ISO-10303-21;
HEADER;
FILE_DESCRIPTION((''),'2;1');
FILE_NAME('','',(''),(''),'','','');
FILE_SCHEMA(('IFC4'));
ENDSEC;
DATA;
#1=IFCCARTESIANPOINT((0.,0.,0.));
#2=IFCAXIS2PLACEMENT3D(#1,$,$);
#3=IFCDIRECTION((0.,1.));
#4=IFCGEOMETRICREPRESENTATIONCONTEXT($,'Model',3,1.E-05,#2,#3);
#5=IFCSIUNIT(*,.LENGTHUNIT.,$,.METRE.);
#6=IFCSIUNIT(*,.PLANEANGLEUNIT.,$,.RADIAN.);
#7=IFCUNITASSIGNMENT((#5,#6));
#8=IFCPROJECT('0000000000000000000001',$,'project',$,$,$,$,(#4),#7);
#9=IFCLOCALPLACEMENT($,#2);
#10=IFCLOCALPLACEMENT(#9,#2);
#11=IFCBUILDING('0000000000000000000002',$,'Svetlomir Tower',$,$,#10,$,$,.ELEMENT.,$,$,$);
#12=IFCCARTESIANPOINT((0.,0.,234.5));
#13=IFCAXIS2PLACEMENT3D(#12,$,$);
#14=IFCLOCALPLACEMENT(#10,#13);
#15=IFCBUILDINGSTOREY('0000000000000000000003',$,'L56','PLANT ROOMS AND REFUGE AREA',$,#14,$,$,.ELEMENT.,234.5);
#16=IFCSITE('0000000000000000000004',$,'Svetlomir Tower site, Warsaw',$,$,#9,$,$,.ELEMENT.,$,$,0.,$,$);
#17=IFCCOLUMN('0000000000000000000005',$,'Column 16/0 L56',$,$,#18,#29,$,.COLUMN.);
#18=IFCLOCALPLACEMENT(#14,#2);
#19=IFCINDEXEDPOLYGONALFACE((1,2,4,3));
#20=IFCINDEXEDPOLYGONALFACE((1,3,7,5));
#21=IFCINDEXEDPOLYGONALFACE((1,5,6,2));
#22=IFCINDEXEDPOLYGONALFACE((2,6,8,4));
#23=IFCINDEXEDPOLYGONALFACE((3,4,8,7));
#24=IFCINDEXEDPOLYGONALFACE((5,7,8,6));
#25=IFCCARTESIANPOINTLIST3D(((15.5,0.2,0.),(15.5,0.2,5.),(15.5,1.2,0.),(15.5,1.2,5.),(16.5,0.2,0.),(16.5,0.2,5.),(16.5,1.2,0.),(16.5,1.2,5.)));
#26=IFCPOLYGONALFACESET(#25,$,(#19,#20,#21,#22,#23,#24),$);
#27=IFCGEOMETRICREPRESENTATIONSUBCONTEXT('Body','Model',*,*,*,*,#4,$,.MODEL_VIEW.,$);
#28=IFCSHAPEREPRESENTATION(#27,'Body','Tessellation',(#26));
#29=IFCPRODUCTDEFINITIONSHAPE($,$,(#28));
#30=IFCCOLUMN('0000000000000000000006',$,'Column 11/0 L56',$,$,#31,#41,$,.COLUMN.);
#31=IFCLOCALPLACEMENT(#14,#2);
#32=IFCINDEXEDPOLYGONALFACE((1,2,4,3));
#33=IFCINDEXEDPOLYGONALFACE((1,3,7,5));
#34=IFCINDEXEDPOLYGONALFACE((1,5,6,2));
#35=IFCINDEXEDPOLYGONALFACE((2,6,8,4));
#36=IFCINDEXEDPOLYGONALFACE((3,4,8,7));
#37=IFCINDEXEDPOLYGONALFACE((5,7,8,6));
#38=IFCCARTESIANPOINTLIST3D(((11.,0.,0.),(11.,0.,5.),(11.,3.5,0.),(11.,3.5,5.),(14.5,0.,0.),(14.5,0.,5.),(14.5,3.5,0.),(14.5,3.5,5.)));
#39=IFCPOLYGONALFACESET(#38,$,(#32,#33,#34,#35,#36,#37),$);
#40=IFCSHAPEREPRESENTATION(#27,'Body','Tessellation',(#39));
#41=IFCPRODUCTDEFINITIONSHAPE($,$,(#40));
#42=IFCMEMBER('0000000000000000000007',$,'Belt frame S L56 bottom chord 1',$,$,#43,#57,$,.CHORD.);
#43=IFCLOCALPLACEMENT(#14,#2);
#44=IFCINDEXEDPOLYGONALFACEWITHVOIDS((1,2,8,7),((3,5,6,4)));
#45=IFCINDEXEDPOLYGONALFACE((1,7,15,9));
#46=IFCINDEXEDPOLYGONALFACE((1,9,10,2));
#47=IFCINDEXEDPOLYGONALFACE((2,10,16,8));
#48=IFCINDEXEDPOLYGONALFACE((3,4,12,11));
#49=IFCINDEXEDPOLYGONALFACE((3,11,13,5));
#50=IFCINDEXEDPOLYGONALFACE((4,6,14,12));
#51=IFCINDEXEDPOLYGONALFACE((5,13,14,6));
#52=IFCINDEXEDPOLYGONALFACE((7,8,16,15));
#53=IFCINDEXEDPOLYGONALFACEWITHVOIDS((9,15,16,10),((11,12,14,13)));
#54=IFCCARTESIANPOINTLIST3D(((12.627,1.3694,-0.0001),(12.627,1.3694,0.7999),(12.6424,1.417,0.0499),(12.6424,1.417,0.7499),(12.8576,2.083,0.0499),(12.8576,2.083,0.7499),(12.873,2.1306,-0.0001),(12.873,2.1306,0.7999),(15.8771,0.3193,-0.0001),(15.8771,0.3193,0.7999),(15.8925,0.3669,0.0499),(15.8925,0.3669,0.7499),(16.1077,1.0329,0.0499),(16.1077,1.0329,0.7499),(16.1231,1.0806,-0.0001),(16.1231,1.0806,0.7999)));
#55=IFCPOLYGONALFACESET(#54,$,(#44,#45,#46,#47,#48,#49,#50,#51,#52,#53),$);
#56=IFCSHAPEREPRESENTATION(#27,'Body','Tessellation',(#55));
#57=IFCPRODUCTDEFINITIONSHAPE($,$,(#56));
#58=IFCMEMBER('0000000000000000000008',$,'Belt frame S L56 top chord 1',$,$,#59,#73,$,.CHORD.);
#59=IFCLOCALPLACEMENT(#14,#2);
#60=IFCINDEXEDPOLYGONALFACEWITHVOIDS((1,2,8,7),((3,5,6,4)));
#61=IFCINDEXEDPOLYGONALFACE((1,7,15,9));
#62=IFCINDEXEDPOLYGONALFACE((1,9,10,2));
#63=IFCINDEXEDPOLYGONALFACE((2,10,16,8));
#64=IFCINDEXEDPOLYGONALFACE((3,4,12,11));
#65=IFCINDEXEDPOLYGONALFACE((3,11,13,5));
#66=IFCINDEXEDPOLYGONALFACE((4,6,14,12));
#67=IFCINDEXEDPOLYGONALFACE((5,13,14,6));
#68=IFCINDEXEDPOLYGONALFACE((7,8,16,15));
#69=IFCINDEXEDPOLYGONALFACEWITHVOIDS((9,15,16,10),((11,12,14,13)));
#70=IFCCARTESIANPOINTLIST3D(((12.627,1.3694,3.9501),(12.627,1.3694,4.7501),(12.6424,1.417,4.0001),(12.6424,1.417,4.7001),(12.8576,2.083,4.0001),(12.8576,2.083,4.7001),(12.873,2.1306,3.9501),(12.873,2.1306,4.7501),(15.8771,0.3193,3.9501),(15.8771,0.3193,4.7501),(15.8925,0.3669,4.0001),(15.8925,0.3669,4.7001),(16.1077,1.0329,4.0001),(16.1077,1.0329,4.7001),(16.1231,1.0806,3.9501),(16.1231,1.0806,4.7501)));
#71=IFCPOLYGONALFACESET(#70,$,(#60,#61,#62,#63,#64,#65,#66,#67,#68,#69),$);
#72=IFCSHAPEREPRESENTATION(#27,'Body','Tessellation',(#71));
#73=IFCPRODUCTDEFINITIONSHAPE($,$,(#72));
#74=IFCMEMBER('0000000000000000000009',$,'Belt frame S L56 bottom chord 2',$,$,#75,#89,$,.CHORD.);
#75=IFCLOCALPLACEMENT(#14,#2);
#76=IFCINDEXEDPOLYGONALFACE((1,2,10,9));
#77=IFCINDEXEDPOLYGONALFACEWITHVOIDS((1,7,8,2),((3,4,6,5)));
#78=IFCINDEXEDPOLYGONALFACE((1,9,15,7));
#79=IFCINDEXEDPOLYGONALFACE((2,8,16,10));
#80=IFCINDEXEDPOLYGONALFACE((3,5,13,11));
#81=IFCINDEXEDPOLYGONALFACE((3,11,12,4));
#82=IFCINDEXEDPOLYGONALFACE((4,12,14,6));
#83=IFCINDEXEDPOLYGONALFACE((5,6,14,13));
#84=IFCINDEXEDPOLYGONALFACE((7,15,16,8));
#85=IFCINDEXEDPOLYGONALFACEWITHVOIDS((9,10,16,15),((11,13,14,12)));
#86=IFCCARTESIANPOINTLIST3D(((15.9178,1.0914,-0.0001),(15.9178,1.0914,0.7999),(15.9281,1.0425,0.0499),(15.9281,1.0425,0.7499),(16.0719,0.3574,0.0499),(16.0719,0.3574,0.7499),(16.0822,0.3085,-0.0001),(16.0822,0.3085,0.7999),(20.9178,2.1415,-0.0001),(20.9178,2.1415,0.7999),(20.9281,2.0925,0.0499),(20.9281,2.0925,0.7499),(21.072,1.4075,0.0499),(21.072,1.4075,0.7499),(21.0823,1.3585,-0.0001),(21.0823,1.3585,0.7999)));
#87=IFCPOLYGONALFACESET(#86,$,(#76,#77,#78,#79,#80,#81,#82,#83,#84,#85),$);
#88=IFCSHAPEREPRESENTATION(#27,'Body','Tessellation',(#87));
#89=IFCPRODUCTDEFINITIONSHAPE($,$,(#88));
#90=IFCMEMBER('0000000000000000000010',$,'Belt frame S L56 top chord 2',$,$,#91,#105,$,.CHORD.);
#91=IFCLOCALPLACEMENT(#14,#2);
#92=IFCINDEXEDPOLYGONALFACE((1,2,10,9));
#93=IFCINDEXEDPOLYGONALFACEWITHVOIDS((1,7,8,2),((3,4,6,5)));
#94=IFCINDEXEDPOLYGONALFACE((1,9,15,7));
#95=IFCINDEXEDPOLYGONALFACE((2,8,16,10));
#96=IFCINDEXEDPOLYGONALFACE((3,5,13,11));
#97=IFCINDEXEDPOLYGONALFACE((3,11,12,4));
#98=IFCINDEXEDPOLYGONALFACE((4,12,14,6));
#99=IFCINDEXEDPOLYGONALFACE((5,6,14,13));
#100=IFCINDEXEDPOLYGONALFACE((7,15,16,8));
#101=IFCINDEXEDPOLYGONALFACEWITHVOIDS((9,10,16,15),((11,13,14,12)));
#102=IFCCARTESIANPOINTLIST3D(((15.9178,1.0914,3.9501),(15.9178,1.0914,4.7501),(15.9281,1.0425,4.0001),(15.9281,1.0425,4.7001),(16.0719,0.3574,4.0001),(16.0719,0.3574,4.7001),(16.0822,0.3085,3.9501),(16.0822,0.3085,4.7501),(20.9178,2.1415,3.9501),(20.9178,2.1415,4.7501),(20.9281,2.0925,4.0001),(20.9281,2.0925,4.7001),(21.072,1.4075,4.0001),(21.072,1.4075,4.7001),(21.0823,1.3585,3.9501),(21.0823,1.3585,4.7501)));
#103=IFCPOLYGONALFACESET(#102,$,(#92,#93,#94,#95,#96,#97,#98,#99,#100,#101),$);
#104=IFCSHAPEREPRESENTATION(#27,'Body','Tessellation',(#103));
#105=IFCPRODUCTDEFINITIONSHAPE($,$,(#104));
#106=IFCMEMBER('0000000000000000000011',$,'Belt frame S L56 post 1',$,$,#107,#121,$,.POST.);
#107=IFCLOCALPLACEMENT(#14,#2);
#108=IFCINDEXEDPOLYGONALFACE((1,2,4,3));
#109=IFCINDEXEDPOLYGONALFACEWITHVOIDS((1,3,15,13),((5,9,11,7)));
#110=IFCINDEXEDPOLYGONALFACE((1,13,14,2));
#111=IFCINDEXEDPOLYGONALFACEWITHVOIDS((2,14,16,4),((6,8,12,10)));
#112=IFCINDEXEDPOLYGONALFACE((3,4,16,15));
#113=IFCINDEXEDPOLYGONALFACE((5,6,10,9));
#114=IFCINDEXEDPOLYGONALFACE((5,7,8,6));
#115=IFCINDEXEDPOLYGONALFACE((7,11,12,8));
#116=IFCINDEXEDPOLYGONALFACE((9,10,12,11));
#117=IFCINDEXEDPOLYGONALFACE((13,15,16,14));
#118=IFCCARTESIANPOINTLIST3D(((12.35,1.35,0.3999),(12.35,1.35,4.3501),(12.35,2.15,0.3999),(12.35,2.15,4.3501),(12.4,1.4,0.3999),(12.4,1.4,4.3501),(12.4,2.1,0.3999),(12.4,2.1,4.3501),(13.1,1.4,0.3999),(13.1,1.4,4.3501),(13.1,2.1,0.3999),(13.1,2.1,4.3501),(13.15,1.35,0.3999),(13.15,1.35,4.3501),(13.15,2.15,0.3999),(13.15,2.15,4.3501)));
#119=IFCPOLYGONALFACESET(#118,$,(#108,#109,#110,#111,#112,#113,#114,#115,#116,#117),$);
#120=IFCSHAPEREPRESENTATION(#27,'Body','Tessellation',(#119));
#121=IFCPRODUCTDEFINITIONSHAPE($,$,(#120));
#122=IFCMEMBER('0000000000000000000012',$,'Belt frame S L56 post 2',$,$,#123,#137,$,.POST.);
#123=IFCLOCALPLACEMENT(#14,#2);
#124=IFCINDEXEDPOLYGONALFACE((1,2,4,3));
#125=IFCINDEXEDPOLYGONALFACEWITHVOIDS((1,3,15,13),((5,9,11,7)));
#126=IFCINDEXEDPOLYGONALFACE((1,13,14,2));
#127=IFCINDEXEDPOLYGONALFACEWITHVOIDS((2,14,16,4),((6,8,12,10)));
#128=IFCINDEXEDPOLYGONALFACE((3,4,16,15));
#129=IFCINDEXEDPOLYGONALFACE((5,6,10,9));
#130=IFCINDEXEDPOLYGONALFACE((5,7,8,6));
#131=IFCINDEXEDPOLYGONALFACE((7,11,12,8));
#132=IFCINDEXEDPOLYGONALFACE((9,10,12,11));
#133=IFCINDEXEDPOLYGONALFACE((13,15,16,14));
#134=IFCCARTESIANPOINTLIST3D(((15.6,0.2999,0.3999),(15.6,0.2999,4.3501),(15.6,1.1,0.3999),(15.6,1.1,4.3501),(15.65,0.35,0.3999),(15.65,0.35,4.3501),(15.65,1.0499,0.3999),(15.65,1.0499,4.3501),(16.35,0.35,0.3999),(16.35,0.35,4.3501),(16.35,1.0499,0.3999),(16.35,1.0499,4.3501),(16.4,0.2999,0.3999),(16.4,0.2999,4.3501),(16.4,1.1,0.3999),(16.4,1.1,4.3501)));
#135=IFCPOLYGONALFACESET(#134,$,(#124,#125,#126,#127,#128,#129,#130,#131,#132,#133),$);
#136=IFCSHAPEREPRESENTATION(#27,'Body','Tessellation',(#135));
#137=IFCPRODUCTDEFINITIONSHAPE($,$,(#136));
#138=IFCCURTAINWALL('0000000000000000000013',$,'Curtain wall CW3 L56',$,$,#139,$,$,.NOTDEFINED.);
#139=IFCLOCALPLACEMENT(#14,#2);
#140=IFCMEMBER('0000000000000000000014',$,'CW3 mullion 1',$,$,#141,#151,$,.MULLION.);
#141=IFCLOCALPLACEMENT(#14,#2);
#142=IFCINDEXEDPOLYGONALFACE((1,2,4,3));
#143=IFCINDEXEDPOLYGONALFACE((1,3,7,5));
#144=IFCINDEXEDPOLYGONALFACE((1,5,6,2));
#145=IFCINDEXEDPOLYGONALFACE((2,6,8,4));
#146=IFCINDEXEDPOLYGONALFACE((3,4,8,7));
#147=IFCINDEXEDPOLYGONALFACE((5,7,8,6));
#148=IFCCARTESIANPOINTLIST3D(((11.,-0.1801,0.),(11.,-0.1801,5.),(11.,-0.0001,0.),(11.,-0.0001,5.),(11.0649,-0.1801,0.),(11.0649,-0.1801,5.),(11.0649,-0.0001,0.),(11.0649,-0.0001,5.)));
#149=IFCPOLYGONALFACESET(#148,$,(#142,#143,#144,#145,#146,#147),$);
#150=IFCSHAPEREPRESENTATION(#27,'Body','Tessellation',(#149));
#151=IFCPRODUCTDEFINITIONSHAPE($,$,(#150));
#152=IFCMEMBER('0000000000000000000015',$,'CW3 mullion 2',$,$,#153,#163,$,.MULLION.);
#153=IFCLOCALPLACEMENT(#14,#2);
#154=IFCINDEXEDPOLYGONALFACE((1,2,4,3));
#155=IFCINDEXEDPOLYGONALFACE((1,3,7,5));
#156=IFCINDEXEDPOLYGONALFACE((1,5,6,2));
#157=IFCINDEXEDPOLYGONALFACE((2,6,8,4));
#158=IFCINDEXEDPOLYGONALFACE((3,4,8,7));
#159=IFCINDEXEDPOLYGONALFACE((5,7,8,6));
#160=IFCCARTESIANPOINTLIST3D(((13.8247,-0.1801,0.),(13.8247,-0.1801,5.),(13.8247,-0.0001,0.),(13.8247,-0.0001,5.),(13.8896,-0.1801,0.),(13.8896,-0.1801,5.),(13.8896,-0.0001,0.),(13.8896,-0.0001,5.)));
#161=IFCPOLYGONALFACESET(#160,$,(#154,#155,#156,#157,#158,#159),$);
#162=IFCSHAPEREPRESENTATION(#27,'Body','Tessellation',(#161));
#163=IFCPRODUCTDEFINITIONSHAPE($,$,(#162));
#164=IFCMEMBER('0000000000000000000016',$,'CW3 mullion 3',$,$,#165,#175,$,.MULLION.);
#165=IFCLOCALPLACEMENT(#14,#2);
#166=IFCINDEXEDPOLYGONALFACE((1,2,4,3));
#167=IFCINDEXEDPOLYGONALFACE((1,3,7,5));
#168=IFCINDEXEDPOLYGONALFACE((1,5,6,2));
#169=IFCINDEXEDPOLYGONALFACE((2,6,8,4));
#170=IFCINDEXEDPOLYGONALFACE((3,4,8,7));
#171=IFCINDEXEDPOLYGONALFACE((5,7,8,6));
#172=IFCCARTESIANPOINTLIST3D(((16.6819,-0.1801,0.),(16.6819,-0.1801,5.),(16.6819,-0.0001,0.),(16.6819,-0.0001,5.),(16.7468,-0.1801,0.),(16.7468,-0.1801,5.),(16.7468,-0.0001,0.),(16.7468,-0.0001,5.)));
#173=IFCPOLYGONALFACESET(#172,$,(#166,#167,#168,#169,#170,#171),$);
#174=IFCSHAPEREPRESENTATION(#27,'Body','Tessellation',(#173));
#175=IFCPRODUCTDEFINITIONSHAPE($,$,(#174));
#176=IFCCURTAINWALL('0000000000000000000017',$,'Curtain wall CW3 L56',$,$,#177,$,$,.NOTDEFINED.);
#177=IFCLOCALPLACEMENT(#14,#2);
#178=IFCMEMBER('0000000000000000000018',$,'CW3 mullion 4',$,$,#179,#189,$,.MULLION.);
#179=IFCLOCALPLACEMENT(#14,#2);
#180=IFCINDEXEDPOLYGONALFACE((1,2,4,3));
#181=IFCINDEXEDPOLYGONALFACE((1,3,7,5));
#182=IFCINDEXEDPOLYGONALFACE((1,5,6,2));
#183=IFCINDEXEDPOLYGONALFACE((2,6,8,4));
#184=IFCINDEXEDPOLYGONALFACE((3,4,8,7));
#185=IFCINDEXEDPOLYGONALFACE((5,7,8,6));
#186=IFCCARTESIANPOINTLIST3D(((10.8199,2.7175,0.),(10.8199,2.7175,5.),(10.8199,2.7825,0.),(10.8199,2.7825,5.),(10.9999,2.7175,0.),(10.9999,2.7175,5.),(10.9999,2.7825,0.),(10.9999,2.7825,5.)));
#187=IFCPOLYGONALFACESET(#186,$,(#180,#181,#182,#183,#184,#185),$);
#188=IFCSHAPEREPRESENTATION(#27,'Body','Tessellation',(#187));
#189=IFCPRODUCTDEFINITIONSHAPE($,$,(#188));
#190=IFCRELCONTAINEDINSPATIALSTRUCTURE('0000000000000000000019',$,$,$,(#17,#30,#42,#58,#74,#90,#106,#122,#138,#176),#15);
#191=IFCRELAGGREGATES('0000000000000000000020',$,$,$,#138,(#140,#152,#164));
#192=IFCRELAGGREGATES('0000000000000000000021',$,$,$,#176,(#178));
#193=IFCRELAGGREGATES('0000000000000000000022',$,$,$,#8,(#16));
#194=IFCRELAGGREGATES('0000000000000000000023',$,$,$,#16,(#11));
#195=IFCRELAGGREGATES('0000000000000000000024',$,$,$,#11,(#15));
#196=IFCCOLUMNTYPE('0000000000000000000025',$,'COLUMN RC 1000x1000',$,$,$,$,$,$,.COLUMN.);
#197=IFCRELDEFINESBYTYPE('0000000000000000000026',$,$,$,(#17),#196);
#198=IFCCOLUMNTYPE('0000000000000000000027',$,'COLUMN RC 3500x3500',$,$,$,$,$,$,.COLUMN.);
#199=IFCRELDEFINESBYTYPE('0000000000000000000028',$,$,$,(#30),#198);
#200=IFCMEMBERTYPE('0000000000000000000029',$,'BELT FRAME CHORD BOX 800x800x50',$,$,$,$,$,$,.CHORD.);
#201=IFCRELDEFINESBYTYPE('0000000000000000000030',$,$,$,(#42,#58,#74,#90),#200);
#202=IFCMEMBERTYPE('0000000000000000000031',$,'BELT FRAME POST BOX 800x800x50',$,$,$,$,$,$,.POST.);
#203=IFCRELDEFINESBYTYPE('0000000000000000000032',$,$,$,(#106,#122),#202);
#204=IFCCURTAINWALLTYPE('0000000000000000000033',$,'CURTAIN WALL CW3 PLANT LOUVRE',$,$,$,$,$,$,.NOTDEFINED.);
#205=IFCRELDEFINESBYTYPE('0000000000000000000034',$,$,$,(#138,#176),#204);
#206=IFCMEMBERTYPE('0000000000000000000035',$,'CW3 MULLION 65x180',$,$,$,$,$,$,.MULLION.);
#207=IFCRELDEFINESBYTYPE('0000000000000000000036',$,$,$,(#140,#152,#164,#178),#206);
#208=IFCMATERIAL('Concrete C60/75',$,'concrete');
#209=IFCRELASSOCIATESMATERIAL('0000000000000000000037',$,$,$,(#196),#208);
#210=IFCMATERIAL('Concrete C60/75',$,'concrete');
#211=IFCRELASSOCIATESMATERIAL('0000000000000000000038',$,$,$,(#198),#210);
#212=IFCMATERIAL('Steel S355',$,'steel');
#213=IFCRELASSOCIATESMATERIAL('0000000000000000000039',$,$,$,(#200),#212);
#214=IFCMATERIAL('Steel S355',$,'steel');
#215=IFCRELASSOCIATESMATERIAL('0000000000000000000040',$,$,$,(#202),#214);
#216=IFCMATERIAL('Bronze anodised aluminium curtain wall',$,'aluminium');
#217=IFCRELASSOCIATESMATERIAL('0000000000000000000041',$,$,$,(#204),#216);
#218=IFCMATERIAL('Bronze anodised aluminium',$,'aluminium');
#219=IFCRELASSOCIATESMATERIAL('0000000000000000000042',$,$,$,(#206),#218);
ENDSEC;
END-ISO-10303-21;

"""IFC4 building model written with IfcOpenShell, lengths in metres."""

from ifc_helpers import new_model, si_unit, direction, frame, origin, origin_2d, place, context, subcontext, project, spatial, rectangle, hollow_rectangle, extrude, material, material_profile, profile_set, type_object, element, aggregate, save


model = new_model("IFC4")

# Units and contexts
model_context = context("Model", 3, precision=1e-05, world=origin(), true_north=direction((0.0, 1.0)))
body_context = subcontext(model_context, "Body", "Model", "MODEL_VIEW")
ifc_project = project(units=[si_unit("LENGTHUNIT", "METRE"), si_unit("PLANEANGLEUNIT", "RADIAN")], contexts=[model_context])

# Site, building, storey
site_placement = place(None, origin())
site = spatial("IfcSite", under=ifc_project, at=site_placement, Name="Svetlomir Tower site, Warsaw", CompositionType="ELEMENT", RefElevation=0.0)
building_placement = place(site_placement, origin())
building = spatial("IfcBuilding", under=site, at=building_placement, Name="Svetlomir Tower", CompositionType="ELEMENT")
storey_placement = place(building_placement, frame((0.0, 0.0, 234.5)))
storey = spatial("IfcBuildingStorey", under=building, at=storey_placement, Name="L56", Description="PLANT ROOMS AND REFUGE AREA", CompositionType="ELEMENT", Elevation=234.5)

# Columns
ifc_material_1 = material(Name="Concrete C60/75", Category="concrete")
ifc_material_profile_1 = material_profile(ifc_material_1, rectangle(XDim=1.0, YDim=1.0, at=origin_2d()), Name="RC 1000x1000")
ifc_profile_set_1 = profile_set([ifc_material_profile_1], Name="Concrete C60/75")
column_type_1 = type_object("IfcColumnType", Name="COLUMN RC 1000x1000", PredefinedType="COLUMN", material=ifc_profile_set_1)
column_1_placement = place(storey_placement, frame((16.0, 0.7, 0.0), z_axis=(0.0, 0.0, 1.0), x_axis=(1.0, 0.0, 0.0)))
element("IfcColumn", 1, at=column_1_placement, inside=storey, type_object=column_type_1, Name="Column 16/0 L56", PredefinedType="COLUMN", context=body_context, shape_type="SweptSolid", body=[
    extrude(rectangle(XDim=1.0, YDim=1.0, at=origin_2d()), origin(), (0.0, 0.0, 1.0), 5.0),
])
ifc_material_2 = material(Name="Concrete C60/75", Category="concrete")
ifc_material_profile_2 = material_profile(ifc_material_2, rectangle(XDim=3.5, YDim=3.5, at=origin_2d()), Name="RC 3500x3500")
ifc_profile_set_2 = profile_set([ifc_material_profile_2], Name="Concrete C60/75")
column_type_2 = type_object("IfcColumnType", Name="COLUMN RC 3500x3500", PredefinedType="COLUMN", material=ifc_profile_set_2)
column_2_placement = place(storey_placement, frame((12.75, 1.75, 0.0), z_axis=(0.0, 0.0, 1.0), x_axis=(1.0, 0.0, 0.0)))
element("IfcColumn", 2, at=column_2_placement, inside=storey, type_object=column_type_2, Name="Column 11/0 L56", PredefinedType="COLUMN", context=body_context, shape_type="SweptSolid", body=[
    extrude(rectangle(XDim=3.5, YDim=3.5, at=origin_2d()), origin(), (0.0, 0.0, 1.0), 5.0),
])

# Members
ifc_material_3 = material(Name="Steel S355", Category="steel")
ifc_material_profile_3 = material_profile(ifc_material_3, hollow_rectangle(XDim=0.8, YDim=0.8, WallThickness=0.05, at=origin_2d()), Name="BOX 800x800x50")
ifc_profile_set_3 = profile_set([ifc_material_profile_3], Name="Steel S355")
member_type_1 = type_object("IfcMemberType", Name="BELT FRAME CHORD BOX 800x800x50", PredefinedType="CHORD", material=ifc_profile_set_3)
for number, where, z_axis, x_axis, name in (
    (3, (12.75, 1.75, 0.3999), (0.951566, -0.307443, 0.0), (0.307443, 0.951566, 0.0), "Belt frame S L56 bottom chord 1"),
    (4, (12.75, 1.75, 4.3501), (0.951566, -0.307443, 0.0), (0.307443, 0.951566, 0.0), "Belt frame S L56 top chord 1"),
):
    element("IfcMember", number, at=place(storey_placement, frame(where, z_axis=z_axis, x_axis=x_axis)), inside=storey, type_object=member_type_1, Name=name, PredefinedType="CHORD", context=body_context, shape_type="SweptSolid", body=[
        extrude(hollow_rectangle(XDim=0.8, YDim=0.8, WallThickness=0.05, at=origin_2d()), origin(), (0.0, 0.0, 1.0), 3.4155),
    ])
for number, where, z_axis, x_axis, name in (
    (5, (16.0, 0.7, 0.3999), (0.978652, 0.205526, 0.0), (-0.205526, 0.978652, 0.0), "Belt frame S L56 bottom chord 2"),
    (6, (16.0, 0.7, 4.3501), (0.978652, 0.205526, 0.0), (-0.205526, 0.978652, 0.0), "Belt frame S L56 top chord 2"),
):
    element("IfcMember", number, at=place(storey_placement, frame(where, z_axis=z_axis, x_axis=x_axis)), inside=storey, type_object=member_type_1, Name=name, PredefinedType="CHORD", context=body_context, shape_type="SweptSolid", body=[
        extrude(hollow_rectangle(XDim=0.8, YDim=0.8, WallThickness=0.05, at=origin_2d()), origin(), (0.0, 0.0, 1.0), 5.1091),
    ])
ifc_material_4 = material(Name="Steel S355", Category="steel")
ifc_material_profile_4 = material_profile(ifc_material_4, hollow_rectangle(XDim=0.8, YDim=0.8, WallThickness=0.05, at=origin_2d()), Name="BOX 800x800x50")
ifc_profile_set_4 = profile_set([ifc_material_profile_4], Name="Steel S355")
member_type_2 = type_object("IfcMemberType", Name="BELT FRAME POST BOX 800x800x50", PredefinedType="POST", material=ifc_profile_set_4)
for number, where, z_axis, x_axis, name in (
    (7, (12.75, 1.75, 0.3999), (0.0, 0.0, 1.0), (1.0, 0.0, 0.0), "Belt frame S L56 post 1"),
    (8, (16.0, 0.7, 0.3999), (0.0, 0.0, 1.0), (1.0, 0.0, 0.0), "Belt frame S L56 post 2"),
):
    element("IfcMember", number, at=place(storey_placement, frame(where, z_axis=z_axis, x_axis=x_axis)), inside=storey, type_object=member_type_2, Name=name, PredefinedType="POST", context=body_context, shape_type="SweptSolid", body=[
        extrude(hollow_rectangle(XDim=0.8, YDim=0.8, WallThickness=0.05, at=origin_2d()), origin(), (0.0, 0.0, 1.0), 3.9502),
    ])

# Curtain walls, members
ifc_material_5 = material(Name="Bronze anodised aluminium curtain wall", Category="aluminium")
curtain_wall_type = type_object("IfcCurtainWallType", Name="CURTAIN WALL CW3 PLANT LOUVRE", PredefinedType="NOTDEFINED", material=ifc_material_5)
curtain_wall_1_placement = place(storey_placement, origin())
curtain_wall_1 = element("IfcCurtainWall", 9, at=curtain_wall_1_placement, inside=storey, type_object=curtain_wall_type, Name="Curtain wall CW3 L56", PredefinedType="NOTDEFINED")
ifc_material_6 = material(Name="Bronze anodised aluminium", Category="aluminium")
ifc_material_profile_5 = material_profile(ifc_material_6, rectangle(XDim=0.0649, YDim=0.1799, at=origin_2d()), Name="AL 65x180")
ifc_profile_set_5 = profile_set([ifc_material_profile_5], Name="Bronze anodised aluminium 6063-T6")
member_type_3 = type_object("IfcMemberType", Name="CW3 MULLION 65x180", PredefinedType="MULLION", material=ifc_profile_set_5)
member_1_placement = place(storey_placement, frame((11.0325, -0.0901, 0.0), z_axis=(0.0, 0.0, 1.0), x_axis=(1.0, 0.0, 0.0)))
member_1 = element("IfcMember", 10, at=member_1_placement, type_object=member_type_3, Name="CW3 mullion 1", PredefinedType="MULLION", context=body_context, shape_type="SweptSolid", body=[
    extrude(rectangle(XDim=0.0649, YDim=0.1799, at=origin_2d()), origin(), (0.0, 0.0, 1.0), 5.0),
])
member_2_placement = place(storey_placement, frame((13.8572, -0.0901, 0.0), z_axis=(0.0, 0.0, 1.0), x_axis=(1.0, 0.0, 0.0)))
member_2 = element("IfcMember", 11, at=member_2_placement, type_object=member_type_3, Name="CW3 mullion 2", PredefinedType="MULLION", context=body_context, shape_type="SweptSolid", body=[
    extrude(rectangle(XDim=0.0649, YDim=0.1799, at=origin_2d()), origin(), (0.0, 0.0, 1.0), 5.0),
])
member_3_placement = place(storey_placement, frame((16.7144, -0.0901, 0.0), z_axis=(0.0, 0.0, 1.0), x_axis=(1.0, 0.0, 0.0)))
member_3 = element("IfcMember", 12, at=member_3_placement, type_object=member_type_3, Name="CW3 mullion 3", PredefinedType="MULLION", context=body_context, shape_type="SweptSolid", body=[
    extrude(rectangle(XDim=0.0649, YDim=0.1799, at=origin_2d()), origin(), (0.0, 0.0, 1.0), 5.0),
])
curtain_wall_2_placement = place(storey_placement, origin())
curtain_wall_2 = element("IfcCurtainWall", 13, at=curtain_wall_2_placement, inside=storey, type_object=curtain_wall_type, Name="Curtain wall CW3 L56", PredefinedType="NOTDEFINED")
member_4_placement = place(storey_placement, frame((10.9099, 2.75, 0.0), z_axis=(0.0, 0.0, 1.0), x_axis=(0.0, -1.0, 0.0)))
member_4 = element("IfcMember", 14, at=member_4_placement, type_object=member_type_3, Name="CW3 mullion 4", PredefinedType="MULLION", context=body_context, shape_type="SweptSolid", body=[
    extrude(rectangle(XDim=0.0649, YDim=0.1799, at=origin_2d()), origin(), (0.0, 0.0, 1.0), 5.0),
])

aggregate(curtain_wall_1, [member_1, member_2, member_3])
aggregate(curtain_wall_2, [member_4])

save(model, "model.ifc")
